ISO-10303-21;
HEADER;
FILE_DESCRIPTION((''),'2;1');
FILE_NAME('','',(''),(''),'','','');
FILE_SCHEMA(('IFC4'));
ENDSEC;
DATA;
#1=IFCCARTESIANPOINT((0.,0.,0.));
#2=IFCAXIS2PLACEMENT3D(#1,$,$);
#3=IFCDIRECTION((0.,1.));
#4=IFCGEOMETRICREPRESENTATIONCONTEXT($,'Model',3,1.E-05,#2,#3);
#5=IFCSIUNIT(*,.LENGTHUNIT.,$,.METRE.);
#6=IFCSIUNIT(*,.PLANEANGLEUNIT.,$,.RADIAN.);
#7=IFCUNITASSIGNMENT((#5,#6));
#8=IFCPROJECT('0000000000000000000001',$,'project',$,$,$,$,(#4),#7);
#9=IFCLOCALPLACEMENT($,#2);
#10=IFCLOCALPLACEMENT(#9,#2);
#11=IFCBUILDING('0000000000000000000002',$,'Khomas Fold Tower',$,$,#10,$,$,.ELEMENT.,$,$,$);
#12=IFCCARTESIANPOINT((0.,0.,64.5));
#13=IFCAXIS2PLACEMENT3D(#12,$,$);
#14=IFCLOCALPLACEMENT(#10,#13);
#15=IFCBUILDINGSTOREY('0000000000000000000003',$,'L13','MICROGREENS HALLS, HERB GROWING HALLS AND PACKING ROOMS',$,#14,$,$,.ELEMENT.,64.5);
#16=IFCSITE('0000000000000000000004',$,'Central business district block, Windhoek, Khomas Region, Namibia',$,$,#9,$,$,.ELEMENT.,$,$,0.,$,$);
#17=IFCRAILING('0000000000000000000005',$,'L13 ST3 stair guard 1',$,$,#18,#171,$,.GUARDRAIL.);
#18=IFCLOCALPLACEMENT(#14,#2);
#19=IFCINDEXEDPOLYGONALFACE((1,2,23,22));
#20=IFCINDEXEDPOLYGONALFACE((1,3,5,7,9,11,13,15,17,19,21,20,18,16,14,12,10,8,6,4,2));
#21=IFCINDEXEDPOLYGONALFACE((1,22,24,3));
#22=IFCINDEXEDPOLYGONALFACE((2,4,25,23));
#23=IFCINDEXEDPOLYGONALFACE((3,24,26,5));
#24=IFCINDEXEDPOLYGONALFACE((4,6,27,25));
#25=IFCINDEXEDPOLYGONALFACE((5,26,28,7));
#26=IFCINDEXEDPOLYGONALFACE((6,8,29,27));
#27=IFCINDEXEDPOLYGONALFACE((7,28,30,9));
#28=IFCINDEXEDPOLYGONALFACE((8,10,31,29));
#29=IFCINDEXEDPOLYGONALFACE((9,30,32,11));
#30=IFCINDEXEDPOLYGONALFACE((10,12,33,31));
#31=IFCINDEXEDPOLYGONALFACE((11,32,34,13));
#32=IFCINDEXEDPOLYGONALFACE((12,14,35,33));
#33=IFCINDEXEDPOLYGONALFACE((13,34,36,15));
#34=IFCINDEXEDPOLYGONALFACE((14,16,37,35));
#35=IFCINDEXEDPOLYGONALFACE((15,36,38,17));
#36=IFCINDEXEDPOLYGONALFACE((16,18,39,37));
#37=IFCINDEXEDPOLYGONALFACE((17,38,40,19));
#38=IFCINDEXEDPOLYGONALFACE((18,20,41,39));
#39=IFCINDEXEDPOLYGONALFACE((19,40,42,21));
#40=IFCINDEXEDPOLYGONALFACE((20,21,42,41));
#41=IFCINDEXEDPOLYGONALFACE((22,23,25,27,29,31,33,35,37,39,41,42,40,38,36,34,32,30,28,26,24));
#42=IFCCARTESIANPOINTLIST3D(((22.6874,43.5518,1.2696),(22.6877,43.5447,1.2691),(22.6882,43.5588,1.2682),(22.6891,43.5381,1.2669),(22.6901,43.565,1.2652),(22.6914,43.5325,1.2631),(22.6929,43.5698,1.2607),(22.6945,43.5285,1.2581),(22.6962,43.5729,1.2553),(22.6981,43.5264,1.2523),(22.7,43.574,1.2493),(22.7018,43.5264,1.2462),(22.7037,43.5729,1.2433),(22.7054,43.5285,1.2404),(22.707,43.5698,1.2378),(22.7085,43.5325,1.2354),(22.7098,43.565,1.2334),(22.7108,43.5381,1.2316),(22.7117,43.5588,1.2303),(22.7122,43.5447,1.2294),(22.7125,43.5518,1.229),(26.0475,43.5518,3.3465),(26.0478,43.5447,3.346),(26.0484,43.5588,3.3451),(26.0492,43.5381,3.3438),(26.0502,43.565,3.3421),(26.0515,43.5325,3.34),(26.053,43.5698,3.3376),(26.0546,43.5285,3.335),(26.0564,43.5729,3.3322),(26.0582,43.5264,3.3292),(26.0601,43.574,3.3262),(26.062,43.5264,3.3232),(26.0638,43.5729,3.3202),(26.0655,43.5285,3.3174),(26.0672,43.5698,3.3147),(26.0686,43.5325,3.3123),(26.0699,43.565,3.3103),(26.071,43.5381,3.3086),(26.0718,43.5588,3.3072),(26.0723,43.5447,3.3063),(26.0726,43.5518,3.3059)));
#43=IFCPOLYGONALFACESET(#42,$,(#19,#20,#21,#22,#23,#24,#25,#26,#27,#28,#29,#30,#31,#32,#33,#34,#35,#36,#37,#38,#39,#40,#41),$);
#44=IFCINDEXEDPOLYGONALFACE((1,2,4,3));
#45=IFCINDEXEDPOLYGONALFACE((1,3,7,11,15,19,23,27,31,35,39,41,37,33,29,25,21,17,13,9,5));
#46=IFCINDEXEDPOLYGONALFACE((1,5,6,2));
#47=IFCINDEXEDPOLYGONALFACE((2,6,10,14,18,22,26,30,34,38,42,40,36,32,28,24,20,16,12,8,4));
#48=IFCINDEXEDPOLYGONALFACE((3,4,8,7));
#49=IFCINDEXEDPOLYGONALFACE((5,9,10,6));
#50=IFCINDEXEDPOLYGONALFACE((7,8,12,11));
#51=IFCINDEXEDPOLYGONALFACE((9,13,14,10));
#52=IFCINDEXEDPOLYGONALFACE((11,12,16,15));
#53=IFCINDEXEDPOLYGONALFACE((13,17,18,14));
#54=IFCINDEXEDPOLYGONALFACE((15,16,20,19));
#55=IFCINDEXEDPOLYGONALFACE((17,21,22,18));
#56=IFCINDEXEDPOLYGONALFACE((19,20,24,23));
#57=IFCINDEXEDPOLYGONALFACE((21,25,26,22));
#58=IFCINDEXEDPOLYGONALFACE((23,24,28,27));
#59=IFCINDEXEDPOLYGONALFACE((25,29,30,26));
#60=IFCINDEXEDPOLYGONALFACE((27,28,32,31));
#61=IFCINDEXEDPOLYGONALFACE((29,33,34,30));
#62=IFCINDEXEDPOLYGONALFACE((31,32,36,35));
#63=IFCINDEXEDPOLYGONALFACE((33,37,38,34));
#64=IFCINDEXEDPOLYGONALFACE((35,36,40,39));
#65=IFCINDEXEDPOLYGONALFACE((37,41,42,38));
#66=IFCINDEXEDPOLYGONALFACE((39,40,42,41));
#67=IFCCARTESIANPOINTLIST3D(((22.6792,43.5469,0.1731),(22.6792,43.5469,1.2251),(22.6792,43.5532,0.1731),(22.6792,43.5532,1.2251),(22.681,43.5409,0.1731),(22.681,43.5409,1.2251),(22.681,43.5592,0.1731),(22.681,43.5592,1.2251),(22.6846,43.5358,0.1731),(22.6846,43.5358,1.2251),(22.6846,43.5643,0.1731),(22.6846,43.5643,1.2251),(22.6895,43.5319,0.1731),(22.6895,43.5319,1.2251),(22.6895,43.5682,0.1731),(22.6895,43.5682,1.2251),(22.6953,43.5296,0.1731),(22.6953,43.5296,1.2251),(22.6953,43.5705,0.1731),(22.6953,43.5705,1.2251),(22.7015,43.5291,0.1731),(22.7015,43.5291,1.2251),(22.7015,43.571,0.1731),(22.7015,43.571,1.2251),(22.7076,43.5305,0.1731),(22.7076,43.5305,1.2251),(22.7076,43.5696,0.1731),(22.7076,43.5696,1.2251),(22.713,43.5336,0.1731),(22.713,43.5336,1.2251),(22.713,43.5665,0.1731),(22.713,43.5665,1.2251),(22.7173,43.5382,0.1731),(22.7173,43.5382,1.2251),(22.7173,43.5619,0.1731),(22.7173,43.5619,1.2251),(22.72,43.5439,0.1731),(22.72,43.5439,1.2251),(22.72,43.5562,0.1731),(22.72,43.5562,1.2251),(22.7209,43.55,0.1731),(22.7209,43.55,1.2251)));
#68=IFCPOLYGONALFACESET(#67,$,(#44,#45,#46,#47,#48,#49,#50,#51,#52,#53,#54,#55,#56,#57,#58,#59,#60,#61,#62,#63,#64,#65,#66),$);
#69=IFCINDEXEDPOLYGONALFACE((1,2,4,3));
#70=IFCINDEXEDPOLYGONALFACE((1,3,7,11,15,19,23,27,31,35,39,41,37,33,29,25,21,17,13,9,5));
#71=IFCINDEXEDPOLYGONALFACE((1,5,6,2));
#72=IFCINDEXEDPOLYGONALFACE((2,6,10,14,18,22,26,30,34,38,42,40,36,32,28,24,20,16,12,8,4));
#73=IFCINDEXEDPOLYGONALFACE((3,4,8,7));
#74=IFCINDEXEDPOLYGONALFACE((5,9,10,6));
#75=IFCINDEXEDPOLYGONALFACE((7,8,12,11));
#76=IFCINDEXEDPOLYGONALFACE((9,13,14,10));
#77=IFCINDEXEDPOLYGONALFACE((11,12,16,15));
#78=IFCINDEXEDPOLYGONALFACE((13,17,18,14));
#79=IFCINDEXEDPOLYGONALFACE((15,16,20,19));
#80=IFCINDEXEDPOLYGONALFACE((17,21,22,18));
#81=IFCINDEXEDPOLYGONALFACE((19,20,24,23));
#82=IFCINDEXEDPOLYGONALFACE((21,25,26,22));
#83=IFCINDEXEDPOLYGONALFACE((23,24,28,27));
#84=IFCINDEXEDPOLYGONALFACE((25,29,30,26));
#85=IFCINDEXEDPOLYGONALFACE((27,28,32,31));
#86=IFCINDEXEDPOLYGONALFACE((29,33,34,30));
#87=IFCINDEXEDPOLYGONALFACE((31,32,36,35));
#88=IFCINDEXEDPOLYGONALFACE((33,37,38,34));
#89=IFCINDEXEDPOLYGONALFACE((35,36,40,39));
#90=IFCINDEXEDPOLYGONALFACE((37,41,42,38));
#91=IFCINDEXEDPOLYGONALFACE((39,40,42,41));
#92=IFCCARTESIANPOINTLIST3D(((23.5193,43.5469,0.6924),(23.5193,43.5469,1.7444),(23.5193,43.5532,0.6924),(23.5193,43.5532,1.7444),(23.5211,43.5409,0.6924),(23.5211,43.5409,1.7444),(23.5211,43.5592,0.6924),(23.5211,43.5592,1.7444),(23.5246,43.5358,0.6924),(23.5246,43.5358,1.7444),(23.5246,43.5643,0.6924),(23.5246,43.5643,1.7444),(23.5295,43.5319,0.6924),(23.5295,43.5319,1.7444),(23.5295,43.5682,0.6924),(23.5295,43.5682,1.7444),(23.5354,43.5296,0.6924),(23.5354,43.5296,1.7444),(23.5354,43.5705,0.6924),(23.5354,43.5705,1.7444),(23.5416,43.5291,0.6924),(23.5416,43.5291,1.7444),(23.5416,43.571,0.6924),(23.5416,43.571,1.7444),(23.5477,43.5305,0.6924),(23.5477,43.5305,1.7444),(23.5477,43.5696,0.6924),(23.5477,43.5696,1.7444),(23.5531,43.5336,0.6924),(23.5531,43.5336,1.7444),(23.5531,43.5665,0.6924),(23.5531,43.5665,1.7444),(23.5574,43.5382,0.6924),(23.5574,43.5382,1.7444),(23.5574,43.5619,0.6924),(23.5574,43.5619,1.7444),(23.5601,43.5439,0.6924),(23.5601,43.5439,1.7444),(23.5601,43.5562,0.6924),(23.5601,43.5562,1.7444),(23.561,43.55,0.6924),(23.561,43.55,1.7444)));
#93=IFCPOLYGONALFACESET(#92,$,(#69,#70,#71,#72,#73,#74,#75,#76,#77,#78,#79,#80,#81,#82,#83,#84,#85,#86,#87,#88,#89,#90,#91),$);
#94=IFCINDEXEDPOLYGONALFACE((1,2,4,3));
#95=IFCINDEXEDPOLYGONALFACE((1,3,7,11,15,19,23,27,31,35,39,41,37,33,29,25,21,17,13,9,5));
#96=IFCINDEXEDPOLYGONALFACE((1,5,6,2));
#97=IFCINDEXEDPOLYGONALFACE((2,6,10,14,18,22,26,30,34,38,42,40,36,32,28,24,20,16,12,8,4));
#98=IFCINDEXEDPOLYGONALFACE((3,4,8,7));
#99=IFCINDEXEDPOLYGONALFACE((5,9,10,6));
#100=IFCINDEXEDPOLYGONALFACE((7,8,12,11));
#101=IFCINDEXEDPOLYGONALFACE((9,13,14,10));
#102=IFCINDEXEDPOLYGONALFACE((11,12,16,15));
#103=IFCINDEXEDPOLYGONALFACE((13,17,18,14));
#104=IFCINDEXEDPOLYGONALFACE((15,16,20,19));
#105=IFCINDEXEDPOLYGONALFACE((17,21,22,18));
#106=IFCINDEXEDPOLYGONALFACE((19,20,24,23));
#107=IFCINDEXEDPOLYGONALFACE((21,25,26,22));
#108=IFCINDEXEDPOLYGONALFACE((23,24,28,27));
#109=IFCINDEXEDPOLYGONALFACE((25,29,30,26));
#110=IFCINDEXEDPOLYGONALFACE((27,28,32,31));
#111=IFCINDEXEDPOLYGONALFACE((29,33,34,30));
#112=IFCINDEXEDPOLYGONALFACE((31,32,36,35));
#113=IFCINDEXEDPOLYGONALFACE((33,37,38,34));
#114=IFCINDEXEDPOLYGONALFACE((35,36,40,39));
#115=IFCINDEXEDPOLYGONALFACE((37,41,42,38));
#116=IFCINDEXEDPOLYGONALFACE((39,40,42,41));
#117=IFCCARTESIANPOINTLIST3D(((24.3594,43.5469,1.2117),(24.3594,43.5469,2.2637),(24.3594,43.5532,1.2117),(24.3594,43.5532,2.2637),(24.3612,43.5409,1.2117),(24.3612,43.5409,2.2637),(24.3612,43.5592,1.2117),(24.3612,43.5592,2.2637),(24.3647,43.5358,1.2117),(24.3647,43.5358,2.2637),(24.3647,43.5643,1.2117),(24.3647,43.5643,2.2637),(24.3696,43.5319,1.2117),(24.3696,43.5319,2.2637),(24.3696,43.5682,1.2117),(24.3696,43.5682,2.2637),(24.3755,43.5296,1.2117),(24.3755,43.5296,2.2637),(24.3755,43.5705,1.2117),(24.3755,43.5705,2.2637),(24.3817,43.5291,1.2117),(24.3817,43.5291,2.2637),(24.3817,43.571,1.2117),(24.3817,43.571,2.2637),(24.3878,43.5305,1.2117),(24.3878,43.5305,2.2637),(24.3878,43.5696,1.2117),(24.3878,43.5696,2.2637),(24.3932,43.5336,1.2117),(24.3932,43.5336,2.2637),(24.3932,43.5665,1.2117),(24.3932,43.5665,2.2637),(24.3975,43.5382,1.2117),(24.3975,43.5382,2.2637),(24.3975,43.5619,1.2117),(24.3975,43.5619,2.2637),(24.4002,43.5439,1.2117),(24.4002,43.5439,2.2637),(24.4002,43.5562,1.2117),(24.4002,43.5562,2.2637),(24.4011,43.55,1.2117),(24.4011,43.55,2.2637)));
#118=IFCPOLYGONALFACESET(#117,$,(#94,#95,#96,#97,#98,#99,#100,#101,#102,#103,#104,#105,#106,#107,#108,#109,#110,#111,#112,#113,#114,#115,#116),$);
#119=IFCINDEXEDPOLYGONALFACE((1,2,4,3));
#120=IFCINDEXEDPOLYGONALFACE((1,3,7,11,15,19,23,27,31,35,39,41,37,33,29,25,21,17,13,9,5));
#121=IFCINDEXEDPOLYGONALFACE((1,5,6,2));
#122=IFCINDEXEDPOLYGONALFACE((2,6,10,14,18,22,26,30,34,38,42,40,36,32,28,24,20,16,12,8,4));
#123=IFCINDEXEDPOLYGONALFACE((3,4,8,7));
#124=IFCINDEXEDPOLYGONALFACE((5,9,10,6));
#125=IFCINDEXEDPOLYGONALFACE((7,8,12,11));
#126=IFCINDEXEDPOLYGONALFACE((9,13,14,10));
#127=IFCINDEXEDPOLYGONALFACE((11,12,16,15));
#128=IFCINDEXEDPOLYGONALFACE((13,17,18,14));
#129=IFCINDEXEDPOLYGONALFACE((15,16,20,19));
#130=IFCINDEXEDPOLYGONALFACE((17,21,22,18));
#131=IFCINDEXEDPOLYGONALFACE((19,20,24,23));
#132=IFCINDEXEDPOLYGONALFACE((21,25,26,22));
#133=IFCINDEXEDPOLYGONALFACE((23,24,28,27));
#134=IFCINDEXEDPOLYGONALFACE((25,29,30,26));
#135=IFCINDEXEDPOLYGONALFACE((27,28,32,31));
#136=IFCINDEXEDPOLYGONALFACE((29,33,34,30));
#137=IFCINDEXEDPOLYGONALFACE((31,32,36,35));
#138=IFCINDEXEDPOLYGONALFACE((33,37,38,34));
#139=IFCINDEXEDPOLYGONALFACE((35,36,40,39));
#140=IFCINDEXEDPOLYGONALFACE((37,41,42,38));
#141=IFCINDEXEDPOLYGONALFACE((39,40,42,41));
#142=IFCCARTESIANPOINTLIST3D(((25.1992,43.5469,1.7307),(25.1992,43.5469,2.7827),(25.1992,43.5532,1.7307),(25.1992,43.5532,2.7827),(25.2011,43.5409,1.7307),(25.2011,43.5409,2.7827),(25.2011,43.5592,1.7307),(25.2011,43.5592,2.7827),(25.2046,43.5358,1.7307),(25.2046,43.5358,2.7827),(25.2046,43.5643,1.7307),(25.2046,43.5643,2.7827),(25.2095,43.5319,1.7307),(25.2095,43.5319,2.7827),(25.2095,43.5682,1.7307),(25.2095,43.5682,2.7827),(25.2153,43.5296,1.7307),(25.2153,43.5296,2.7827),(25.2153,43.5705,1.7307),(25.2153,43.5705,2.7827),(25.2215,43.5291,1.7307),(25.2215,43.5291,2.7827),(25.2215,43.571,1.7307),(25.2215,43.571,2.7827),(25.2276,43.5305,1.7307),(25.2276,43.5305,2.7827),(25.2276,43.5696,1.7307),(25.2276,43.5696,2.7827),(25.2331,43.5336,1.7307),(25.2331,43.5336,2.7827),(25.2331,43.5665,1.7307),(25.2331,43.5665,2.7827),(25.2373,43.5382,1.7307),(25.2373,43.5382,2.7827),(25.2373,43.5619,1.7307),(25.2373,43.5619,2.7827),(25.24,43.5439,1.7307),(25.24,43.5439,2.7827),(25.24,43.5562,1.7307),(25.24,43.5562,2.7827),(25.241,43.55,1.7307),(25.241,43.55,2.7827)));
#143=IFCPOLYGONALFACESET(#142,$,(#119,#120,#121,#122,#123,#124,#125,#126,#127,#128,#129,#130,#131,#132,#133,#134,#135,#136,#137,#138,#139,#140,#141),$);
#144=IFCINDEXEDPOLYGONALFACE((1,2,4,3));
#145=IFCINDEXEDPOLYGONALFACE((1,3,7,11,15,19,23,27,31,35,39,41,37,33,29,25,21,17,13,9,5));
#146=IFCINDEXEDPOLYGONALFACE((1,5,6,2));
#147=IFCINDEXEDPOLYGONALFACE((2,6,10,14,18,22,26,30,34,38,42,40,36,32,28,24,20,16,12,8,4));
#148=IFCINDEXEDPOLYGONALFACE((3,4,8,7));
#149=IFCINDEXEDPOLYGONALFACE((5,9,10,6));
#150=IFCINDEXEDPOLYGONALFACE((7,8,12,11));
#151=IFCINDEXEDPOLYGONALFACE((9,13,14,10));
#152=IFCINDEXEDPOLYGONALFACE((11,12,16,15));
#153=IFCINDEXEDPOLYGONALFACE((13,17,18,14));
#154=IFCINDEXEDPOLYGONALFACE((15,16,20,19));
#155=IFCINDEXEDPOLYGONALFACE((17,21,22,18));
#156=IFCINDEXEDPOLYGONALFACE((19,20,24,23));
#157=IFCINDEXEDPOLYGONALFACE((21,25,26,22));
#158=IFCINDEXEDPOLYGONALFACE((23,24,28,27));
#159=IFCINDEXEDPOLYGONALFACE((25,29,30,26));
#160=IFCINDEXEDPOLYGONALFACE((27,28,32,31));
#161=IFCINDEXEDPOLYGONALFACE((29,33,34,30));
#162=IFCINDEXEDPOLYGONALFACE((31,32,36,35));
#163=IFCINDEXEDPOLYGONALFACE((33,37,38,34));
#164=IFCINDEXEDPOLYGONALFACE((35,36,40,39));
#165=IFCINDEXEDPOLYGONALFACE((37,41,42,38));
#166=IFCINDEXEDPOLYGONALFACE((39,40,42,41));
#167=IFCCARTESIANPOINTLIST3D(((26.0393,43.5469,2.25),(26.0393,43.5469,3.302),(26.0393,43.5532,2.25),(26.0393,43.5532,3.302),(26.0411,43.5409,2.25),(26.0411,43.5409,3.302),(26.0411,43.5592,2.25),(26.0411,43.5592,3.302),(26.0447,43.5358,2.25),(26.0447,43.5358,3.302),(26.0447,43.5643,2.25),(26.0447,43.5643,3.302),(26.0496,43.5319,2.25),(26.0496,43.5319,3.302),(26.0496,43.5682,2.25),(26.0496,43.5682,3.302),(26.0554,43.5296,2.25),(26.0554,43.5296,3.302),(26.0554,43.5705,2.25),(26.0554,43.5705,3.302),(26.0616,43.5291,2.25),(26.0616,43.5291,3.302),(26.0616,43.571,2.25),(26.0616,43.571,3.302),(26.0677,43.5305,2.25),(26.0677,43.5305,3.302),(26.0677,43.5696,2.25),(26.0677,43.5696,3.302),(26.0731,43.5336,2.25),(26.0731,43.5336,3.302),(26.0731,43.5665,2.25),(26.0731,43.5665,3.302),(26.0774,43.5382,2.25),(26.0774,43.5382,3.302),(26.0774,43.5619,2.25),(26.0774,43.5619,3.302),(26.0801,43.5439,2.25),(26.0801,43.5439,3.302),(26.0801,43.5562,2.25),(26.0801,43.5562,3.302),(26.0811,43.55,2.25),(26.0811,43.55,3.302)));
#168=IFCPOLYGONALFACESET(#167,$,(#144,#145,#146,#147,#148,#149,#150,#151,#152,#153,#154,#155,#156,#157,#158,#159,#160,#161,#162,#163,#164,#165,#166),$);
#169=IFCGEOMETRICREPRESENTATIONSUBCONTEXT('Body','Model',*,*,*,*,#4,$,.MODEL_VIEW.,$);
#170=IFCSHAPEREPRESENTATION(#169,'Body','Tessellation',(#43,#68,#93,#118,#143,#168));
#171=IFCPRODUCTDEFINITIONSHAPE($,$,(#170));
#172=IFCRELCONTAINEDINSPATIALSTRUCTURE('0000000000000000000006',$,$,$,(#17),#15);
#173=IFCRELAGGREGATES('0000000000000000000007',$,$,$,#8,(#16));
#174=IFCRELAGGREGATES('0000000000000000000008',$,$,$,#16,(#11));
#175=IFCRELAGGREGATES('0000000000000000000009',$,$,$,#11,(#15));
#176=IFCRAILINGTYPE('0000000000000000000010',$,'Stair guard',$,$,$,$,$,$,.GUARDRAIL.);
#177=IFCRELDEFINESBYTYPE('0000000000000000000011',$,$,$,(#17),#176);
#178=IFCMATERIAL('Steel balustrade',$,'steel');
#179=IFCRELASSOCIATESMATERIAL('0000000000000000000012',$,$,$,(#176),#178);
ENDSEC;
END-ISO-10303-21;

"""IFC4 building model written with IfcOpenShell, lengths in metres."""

from ifc_helpers import new_model, si_unit, direction, frame, origin, origin_2d, place, context, subcontext, project, spatial, circle, extrude, source, transform, mapped, material, type_object, element, save


model = new_model("IFC4")

# Units and contexts
model_context = context("Model", 3, precision=1e-05, world=origin(), true_north=direction((0.0, 1.0)))
body_context = subcontext(model_context, "Body", "Model", "MODEL_VIEW")
ifc_project = project(units=[si_unit("LENGTHUNIT", "METRE"), si_unit("PLANEANGLEUNIT", "RADIAN")], contexts=[model_context])

# Site, building, storey
site_placement = place(None, origin())
site = spatial("IfcSite", under=ifc_project, at=site_placement, Name="Central business district block, Windhoek, Khomas Region, Namibia", CompositionType="ELEMENT", RefElevation=0.0)
building_placement = place(site_placement, origin())
building = spatial("IfcBuilding", under=site, at=building_placement, Name="Khomas Fold Tower", CompositionType="ELEMENT")
storey_placement = place(building_placement, frame((0.0, 0.0, 64.5)))
storey = spatial("IfcBuildingStorey", under=building, at=storey_placement, Name="L13", Description="MICROGREENS HALLS, HERB GROWING HALLS AND PACKING ROOMS", CompositionType="ELEMENT", Elevation=64.5)

# Railing
ifc_material_1 = material(Name="Steel balustrade", Category="steel")
railing_type_1 = type_object("IfcRailingType", Name="Stair guard", PredefinedType="GUARDRAIL", material=ifc_material_1)
shared_shape_1 = source(origin(), body_context, "Body", "SweptSolid", [
    extrude(circle(Radius=0.0239, at=origin_2d()), frame((0.0, 0.0, 1.0762), z_axis=(0.850623, 0.0, 0.525776), x_axis=(0.0, 1.0, 0.0)), (0.0, 0.0, 1.0), 3.9502),
    extrude(circle(Radius=0.021, at=origin_2d()), origin(), (0.0, 0.0, 1.0), 1.052),
    extrude(circle(Radius=0.021, at=origin_2d()), frame((0.8401, 0.0, 0.5193)), (0.0, 0.0, 1.0), 1.052),
    extrude(circle(Radius=0.021, at=origin_2d()), frame((1.6802, 0.0, 1.0386)), (0.0, 0.0, 1.0), 1.052),
    extrude(circle(Radius=0.021, at=origin_2d()), frame((2.52, 0.0, 1.5576)), (0.0, 0.0, 1.0), 1.052),
    extrude(circle(Radius=0.021, at=origin_2d()), frame((3.3601, 0.0, 2.0769)), (0.0, 0.0, 1.0), 1.052),
])
railing_1_placement = place(storey_placement, frame((22.7, 43.55, 0.1731)))
element("IfcRailing", 1, at=railing_1_placement, inside=storey, type_object=railing_type_1, Name="L13 ST3 stair guard 1", PredefinedType="GUARDRAIL", context=body_context, shape_type="MappedRepresentation", body=[
    mapped(shared_shape_1, transform((0.0, 0.0, 0.0))),
])

save(model, "model.ifc")
